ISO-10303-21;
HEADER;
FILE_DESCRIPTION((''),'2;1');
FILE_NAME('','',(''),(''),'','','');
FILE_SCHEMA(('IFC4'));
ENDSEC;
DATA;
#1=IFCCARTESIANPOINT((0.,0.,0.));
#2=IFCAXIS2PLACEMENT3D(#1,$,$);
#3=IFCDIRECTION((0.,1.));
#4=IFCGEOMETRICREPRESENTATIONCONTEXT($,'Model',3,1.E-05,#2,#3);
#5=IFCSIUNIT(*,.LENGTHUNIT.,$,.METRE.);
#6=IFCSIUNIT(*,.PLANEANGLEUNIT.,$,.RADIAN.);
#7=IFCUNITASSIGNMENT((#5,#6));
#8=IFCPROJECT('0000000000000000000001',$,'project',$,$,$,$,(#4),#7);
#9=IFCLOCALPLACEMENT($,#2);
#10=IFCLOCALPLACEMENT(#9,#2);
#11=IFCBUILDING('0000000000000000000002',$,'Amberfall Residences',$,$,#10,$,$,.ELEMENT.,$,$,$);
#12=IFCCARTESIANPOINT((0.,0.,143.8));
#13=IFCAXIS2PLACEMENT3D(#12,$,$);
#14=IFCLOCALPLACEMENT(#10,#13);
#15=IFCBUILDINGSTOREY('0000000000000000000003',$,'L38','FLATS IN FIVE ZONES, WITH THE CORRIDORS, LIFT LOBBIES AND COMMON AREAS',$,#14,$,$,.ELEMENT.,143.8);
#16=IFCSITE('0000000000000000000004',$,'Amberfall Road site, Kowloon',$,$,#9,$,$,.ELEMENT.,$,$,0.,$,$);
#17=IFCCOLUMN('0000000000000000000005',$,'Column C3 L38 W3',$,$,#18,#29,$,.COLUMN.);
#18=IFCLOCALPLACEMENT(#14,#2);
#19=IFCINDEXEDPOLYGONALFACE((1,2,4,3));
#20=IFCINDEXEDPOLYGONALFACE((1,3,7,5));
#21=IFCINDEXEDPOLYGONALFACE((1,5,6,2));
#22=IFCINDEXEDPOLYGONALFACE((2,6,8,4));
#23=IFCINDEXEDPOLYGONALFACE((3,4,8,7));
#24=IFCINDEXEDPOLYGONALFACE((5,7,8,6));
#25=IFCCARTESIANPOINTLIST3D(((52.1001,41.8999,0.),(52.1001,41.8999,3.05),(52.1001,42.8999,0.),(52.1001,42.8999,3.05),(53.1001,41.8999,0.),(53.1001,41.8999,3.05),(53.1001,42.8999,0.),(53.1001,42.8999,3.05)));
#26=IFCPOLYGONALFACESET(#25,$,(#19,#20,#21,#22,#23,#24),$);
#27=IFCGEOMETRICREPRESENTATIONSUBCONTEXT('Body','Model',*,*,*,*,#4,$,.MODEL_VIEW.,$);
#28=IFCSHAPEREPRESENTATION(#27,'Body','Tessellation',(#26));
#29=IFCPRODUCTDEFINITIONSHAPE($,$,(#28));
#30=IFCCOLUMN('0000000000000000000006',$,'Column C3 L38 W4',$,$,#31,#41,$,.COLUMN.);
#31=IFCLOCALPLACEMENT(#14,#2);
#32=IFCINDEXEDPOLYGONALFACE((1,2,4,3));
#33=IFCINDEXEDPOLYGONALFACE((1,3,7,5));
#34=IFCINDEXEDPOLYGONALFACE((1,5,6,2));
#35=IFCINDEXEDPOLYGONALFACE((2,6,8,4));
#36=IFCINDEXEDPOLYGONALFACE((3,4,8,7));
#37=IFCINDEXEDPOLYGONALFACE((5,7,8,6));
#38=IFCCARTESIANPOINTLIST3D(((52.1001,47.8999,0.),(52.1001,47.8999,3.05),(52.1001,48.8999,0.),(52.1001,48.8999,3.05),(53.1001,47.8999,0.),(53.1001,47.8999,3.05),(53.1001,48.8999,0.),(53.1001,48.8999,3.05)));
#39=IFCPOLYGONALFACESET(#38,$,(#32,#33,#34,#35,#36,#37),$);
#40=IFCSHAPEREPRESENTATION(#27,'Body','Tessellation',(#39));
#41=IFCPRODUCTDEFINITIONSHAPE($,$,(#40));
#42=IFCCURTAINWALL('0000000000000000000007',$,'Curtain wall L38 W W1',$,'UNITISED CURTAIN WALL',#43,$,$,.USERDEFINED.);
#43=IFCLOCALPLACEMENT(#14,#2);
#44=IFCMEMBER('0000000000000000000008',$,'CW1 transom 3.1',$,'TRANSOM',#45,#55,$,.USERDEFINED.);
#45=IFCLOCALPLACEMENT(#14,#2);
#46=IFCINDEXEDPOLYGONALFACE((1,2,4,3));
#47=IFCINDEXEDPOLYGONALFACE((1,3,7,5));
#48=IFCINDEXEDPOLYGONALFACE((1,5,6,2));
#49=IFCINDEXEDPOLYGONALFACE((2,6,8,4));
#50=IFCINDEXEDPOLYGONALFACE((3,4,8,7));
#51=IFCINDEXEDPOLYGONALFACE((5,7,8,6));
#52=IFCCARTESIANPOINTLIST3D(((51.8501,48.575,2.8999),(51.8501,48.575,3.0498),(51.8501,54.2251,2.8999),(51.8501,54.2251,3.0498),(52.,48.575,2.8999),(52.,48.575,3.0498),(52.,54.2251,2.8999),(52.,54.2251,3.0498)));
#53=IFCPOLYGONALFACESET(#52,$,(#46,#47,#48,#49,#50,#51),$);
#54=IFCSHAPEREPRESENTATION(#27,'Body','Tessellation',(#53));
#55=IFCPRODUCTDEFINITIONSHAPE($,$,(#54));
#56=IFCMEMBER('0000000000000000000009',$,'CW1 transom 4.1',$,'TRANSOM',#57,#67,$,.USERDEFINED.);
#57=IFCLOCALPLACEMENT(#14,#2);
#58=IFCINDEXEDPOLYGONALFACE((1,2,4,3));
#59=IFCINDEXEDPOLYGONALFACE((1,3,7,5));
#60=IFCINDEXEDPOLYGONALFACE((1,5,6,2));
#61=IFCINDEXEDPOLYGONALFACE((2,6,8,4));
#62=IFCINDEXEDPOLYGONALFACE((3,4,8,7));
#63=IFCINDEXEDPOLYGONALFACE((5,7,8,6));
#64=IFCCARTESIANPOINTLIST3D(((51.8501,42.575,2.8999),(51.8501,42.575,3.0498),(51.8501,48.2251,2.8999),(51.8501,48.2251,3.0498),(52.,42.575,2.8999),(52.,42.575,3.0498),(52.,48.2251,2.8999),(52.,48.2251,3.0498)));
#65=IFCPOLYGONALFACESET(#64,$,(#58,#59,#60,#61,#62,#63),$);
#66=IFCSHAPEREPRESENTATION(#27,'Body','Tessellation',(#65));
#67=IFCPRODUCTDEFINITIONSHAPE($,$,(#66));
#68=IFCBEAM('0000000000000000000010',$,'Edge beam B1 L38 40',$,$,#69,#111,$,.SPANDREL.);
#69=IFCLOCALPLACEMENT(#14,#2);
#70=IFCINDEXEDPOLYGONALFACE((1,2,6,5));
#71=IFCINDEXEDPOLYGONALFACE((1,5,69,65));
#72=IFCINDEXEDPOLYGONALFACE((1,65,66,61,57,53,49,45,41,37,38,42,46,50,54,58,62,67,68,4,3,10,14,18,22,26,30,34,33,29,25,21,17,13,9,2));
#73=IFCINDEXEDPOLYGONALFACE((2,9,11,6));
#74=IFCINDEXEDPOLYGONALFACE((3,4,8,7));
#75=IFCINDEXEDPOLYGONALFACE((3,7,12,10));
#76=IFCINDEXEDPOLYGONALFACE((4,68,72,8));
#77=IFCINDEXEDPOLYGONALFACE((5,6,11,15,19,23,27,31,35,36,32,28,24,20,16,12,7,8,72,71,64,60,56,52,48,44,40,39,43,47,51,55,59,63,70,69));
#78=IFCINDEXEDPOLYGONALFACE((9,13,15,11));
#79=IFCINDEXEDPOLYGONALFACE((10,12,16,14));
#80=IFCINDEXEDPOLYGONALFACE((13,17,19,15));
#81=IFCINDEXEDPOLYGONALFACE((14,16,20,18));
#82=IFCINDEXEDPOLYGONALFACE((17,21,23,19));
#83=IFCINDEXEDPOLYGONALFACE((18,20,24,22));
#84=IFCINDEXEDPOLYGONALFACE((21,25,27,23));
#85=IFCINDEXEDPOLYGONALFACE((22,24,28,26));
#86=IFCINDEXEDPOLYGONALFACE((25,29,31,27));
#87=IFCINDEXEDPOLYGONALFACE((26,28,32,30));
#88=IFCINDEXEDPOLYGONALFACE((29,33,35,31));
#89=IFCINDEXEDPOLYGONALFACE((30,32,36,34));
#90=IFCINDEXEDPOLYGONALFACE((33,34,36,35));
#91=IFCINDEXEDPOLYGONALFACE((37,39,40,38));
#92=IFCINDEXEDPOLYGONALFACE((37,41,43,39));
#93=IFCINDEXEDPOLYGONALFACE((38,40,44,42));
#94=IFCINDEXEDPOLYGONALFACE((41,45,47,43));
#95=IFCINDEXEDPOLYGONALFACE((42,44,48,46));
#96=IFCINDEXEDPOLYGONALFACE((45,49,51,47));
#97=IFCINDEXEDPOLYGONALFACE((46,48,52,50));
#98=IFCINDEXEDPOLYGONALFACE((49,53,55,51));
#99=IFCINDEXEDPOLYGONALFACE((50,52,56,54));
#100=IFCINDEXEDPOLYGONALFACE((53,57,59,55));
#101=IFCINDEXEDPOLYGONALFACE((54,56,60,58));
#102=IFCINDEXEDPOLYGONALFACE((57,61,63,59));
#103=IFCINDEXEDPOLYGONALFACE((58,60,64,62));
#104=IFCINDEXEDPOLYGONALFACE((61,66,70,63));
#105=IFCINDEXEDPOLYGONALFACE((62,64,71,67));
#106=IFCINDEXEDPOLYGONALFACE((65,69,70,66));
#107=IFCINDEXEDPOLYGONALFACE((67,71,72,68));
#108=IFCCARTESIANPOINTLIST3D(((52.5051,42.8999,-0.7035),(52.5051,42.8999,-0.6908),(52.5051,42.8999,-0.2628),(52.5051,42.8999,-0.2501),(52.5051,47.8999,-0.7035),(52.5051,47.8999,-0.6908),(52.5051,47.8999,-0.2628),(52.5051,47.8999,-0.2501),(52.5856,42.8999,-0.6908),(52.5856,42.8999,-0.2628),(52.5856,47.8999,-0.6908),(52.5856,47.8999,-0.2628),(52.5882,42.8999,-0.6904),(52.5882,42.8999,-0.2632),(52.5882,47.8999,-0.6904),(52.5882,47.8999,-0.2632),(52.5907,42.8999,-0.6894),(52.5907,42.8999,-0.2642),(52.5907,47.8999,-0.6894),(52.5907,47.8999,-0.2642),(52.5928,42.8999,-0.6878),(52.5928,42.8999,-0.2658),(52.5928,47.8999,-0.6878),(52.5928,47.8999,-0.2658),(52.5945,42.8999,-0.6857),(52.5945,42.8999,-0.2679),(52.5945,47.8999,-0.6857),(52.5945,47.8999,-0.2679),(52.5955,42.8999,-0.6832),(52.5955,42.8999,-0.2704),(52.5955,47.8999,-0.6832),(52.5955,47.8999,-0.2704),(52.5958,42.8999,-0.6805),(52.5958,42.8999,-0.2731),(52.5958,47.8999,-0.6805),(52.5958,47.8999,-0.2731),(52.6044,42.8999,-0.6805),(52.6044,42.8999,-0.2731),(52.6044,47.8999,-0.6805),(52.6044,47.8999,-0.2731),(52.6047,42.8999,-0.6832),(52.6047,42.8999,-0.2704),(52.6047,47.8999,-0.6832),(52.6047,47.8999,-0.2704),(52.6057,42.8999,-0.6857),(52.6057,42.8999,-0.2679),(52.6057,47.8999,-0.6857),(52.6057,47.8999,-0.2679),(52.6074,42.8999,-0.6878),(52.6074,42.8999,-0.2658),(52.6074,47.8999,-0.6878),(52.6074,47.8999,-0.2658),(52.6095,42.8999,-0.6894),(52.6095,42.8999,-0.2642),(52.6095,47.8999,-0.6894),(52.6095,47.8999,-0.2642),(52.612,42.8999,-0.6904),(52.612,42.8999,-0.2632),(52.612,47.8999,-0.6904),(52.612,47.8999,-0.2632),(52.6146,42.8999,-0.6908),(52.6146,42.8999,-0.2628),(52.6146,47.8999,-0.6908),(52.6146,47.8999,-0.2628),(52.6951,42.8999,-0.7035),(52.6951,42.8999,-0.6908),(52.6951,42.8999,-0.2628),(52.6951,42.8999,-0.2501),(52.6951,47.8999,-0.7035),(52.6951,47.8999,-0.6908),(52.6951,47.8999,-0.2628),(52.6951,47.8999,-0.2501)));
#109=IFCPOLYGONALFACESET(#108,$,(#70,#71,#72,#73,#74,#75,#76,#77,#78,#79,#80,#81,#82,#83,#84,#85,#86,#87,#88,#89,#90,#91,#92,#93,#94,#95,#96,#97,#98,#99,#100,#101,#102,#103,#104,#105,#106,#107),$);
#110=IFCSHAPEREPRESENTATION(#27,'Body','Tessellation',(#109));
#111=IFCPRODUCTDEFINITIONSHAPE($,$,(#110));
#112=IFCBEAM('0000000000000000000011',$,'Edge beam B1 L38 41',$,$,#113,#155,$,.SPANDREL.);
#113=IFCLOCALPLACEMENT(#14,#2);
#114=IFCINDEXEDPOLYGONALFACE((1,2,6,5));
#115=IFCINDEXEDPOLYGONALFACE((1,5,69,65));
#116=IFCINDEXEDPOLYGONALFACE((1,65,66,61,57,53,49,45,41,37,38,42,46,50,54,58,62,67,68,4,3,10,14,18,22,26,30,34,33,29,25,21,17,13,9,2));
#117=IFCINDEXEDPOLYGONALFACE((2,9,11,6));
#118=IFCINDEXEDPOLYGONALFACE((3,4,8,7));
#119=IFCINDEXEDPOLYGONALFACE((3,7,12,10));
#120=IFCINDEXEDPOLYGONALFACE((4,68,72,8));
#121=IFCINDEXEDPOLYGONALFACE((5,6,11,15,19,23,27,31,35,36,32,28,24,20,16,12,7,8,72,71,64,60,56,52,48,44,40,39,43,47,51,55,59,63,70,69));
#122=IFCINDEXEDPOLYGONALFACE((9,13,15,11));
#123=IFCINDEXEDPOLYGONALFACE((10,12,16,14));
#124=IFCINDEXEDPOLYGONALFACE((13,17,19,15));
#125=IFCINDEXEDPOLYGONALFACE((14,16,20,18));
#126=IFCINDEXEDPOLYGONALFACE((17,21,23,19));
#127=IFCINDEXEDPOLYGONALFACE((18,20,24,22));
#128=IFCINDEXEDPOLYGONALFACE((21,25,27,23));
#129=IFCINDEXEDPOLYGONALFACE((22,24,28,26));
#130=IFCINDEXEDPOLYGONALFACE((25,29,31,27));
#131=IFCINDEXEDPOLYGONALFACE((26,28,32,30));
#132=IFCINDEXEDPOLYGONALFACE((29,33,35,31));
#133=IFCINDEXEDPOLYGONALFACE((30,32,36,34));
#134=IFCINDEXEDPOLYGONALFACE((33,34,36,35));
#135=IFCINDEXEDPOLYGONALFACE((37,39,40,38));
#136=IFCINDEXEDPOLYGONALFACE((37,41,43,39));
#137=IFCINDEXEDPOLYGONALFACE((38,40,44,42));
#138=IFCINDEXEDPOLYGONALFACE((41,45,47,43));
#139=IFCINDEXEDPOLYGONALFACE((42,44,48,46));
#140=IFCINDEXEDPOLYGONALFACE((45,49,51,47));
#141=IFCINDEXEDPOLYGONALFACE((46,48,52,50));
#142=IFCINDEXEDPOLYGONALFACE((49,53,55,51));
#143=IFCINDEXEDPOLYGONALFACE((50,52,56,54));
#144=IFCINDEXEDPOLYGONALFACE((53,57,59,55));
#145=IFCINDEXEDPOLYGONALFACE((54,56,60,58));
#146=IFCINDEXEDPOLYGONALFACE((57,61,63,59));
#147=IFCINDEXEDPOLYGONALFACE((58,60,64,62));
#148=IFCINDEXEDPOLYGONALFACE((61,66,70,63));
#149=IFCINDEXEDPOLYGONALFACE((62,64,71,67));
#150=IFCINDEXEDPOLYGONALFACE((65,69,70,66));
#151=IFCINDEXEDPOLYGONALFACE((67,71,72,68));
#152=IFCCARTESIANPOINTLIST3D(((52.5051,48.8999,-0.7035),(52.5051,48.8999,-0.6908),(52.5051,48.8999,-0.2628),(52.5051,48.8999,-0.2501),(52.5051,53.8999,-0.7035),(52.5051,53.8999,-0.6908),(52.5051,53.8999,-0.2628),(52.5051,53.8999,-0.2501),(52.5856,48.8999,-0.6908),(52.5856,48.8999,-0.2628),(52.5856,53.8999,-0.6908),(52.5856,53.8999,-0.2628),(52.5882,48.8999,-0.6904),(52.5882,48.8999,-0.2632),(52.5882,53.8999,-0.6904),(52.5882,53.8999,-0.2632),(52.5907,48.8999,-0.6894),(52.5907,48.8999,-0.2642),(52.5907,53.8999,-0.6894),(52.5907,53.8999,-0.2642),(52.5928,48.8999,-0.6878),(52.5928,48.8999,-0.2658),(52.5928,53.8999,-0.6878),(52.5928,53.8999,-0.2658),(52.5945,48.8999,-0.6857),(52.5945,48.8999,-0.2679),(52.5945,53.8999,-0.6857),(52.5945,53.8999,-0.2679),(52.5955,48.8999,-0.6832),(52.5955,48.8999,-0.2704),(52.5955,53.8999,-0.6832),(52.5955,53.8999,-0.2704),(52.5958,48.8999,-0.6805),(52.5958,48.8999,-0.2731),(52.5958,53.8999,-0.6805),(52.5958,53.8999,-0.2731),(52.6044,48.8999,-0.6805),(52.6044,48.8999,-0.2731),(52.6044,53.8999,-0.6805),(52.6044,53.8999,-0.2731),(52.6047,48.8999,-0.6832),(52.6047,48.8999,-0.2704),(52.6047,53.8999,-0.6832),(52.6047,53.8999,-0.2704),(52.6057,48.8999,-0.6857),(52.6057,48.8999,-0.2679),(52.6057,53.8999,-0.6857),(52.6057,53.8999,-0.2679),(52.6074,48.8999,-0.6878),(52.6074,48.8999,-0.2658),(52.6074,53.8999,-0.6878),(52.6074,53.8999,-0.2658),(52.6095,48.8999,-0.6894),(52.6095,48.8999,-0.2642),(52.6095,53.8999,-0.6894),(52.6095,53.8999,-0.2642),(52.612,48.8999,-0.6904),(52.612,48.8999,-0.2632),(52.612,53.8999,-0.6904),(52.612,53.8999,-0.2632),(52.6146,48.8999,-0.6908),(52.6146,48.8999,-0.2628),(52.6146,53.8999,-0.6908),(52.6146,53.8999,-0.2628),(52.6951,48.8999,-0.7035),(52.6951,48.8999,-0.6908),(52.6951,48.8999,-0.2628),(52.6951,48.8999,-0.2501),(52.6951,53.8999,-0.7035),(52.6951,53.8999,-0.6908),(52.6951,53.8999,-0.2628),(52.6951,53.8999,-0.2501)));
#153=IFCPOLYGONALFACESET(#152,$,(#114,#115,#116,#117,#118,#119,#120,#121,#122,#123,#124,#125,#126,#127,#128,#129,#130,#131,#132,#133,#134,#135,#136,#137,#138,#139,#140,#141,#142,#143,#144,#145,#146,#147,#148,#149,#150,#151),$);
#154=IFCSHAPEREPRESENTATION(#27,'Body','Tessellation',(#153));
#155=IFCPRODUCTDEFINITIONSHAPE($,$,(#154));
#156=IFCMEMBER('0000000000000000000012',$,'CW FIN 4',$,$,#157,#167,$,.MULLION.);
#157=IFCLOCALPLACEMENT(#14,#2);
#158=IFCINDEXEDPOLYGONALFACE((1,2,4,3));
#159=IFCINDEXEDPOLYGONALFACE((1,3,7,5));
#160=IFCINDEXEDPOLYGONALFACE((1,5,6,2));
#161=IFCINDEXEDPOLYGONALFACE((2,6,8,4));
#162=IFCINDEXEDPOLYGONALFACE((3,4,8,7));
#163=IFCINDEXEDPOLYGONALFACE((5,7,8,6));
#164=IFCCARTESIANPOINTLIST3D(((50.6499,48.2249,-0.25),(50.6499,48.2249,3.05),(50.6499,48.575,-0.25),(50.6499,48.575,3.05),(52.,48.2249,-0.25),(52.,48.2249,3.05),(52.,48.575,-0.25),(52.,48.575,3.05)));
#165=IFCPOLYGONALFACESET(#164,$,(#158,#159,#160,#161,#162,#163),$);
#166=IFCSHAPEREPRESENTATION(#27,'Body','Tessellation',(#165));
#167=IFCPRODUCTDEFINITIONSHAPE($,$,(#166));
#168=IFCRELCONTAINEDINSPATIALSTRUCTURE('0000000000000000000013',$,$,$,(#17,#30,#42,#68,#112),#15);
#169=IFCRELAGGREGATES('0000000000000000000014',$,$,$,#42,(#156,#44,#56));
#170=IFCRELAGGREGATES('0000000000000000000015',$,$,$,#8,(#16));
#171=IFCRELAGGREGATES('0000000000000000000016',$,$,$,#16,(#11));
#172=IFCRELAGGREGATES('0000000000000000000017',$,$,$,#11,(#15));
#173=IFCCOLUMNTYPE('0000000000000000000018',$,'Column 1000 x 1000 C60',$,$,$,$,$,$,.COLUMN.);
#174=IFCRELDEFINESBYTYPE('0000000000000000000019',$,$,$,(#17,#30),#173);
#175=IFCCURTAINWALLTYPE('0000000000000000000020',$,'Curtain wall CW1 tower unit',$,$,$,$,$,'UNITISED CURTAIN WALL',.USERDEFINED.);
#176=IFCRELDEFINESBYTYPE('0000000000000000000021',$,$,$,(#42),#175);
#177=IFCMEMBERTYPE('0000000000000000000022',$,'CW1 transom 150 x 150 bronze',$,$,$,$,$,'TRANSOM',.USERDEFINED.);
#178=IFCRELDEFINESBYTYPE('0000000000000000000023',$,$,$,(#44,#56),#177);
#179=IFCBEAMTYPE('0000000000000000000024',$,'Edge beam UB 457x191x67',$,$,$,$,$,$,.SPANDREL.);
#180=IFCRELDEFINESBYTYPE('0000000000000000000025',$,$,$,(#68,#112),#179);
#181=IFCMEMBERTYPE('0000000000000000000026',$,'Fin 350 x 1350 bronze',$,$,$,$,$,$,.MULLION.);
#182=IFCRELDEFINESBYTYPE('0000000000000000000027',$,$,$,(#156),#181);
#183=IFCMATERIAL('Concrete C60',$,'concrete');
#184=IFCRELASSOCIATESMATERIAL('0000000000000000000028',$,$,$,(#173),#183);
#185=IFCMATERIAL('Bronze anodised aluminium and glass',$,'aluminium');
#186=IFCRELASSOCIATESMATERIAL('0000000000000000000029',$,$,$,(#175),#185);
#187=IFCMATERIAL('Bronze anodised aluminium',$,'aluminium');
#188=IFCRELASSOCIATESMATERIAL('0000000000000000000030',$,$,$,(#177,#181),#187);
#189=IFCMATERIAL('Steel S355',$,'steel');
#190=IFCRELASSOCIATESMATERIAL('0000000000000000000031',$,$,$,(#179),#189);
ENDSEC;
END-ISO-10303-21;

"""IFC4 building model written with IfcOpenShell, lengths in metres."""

from ifc_helpers import new_model, si_unit, direction, frame, origin, origin_2d, place, context, subcontext, project, spatial, rectangle, i_section, extrude, material, material_profile, profile_set, type_object, element, aggregate, save


model = new_model("IFC4")

# Units and contexts
model_context = context("Model", 3, precision=1e-05, world=origin(), true_north=direction((0.0, 1.0)))
body_context = subcontext(model_context, "Body", "Model", "MODEL_VIEW")
ifc_project = project(units=[si_unit("LENGTHUNIT", "METRE"), si_unit("PLANEANGLEUNIT", "RADIAN")], contexts=[model_context])

# Site, building, storey
site_placement = place(None, origin())
site = spatial("IfcSite", under=ifc_project, at=site_placement, Name="Amberfall Road site, Kowloon", CompositionType="ELEMENT", RefElevation=0.0)
building_placement = place(site_placement, origin())
building = spatial("IfcBuilding", under=site, at=building_placement, Name="Amberfall Residences", CompositionType="ELEMENT")
storey_placement = place(building_placement, frame((0.0, 0.0, 143.8)))
storey = spatial("IfcBuildingStorey", under=building, at=storey_placement, Name="L38", Description="FLATS IN FIVE ZONES, WITH THE CORRIDORS, LIFT LOBBIES AND COMMON AREAS", CompositionType="ELEMENT", Elevation=143.8)

# Columns
ifc_material_1 = material(Name="Concrete C60", Category="concrete")
ifc_material_profile_1 = material_profile(ifc_material_1, rectangle(XDim=1.0, YDim=1.0, at=origin_2d()), Name="Column 1000 x 1000 C60")
ifc_profile_set_1 = profile_set([ifc_material_profile_1], Name="Concrete C60")
column_type = type_object("IfcColumnType", Name="Column 1000 x 1000 C60", PredefinedType="COLUMN", material=ifc_profile_set_1)
for number, where, z_axis, x_axis, name in (
    (1, (52.6001, 42.3999, 0.0), (0.0, 0.0, 1.0), (1.0, 0.0, 0.0), "Column C3 L38 W3"),
    (2, (52.6001, 48.3999, 0.0), (0.0, 0.0, 1.0), (1.0, 0.0, 0.0), "Column C3 L38 W4"),
):
    element("IfcColumn", number, at=place(storey_placement, frame(where, z_axis=z_axis, x_axis=x_axis)), inside=storey, type_object=column_type, Name=name, PredefinedType="COLUMN", context=body_context, shape_type="SweptSolid", body=[
        extrude(rectangle(XDim=1.0, YDim=1.0, at=origin_2d()), origin(), (0.0, 0.0, 1.0), 3.05),
    ])

# Curtain wall, members
ifc_material_2 = material(Name="Bronze anodised aluminium and glass", Category="aluminium")
curtain_wall_type = type_object("IfcCurtainWallType", Name="Curtain wall CW1 tower unit", ElementType="UNITISED CURTAIN WALL", PredefinedType="USERDEFINED", material=ifc_material_2)
curtain_wall_placement = place(storey_placement, origin())
curtain_wall = element("IfcCurtainWall", 3, at=curtain_wall_placement, inside=storey, type_object=curtain_wall_type, Name="Curtain wall L38 W W1", ObjectType="UNITISED CURTAIN WALL", PredefinedType="USERDEFINED")
ifc_material_3 = material(Name="Bronze anodised aluminium", Category="aluminium")
ifc_material_profile_2 = material_profile(ifc_material_3, rectangle(XDim=0.1499, YDim=0.1499, at=origin_2d()), Name="CW1 transom 150 x 150 bronze")
ifc_profile_set_2 = profile_set([ifc_material_profile_2], Name="Bronze anodised aluminium")
member_type_1 = type_object("IfcMemberType", Name="CW1 transom 150 x 150 bronze", ElementType="TRANSOM", PredefinedType="USERDEFINED", material=ifc_profile_set_2)
member_1_placement = place(storey_placement, frame((51.925, 54.2251, 2.9749), z_axis=(0.0, -1.0, 0.0), x_axis=(1.0, 0.0, 0.0)))
member_1 = element("IfcMember", 4, at=member_1_placement, type_object=member_type_1, Name="CW1 transom 3.1", ObjectType="TRANSOM", PredefinedType="USERDEFINED", context=body_context, shape_type="SweptSolid", body=[
    extrude(rectangle(XDim=0.1499, YDim=0.1499, at=origin_2d()), origin(), (0.0, 0.0, 1.0), 5.6501),
])
member_2_placement = place(storey_placement, frame((51.925, 48.2251, 2.9749), z_axis=(0.0, -1.0, 0.0), x_axis=(1.0, 0.0, 0.0)))
member_2 = element("IfcMember", 5, at=member_2_placement, type_object=member_type_1, Name="CW1 transom 4.1", ObjectType="TRANSOM", PredefinedType="USERDEFINED", context=body_context, shape_type="SweptSolid", body=[
    extrude(rectangle(XDim=0.1499, YDim=0.1499, at=origin_2d()), origin(), (0.0, 0.0, 1.0), 5.6501),
])

# Beams
ifc_material_4 = material(Name="Steel S355", Category="steel")
ifc_material_profile_3 = material_profile(ifc_material_4, i_section(OverallWidth=0.1899, OverallDepth=0.4534, WebThickness=0.0085, FlangeThickness=0.0127, FilletRadius=0.0103, at=origin_2d()), Name="UB 457x191x67")
ifc_profile_set_3 = profile_set([ifc_material_profile_3], Name="Steel S355")
beam_type_1 = type_object("IfcBeamType", Name="Edge beam UB 457x191x67", PredefinedType="SPANDREL", material=ifc_profile_set_3)
for number, where, z_axis, x_axis, name in (
    (6, (52.6001, 42.8999, -0.4768), (0.0, 1.0, 0.0), (-1.0, 0.0, 0.0), "Edge beam B1 L38 40"),
    (7, (52.6001, 48.8999, -0.4768), (0.0, 1.0, 0.0), (-1.0, 0.0, 0.0), "Edge beam B1 L38 41"),
):
    element("IfcBeam", number, at=place(storey_placement, frame(where, z_axis=z_axis, x_axis=x_axis)), inside=storey, type_object=beam_type_1, Name=name, PredefinedType="SPANDREL", context=body_context, shape_type="SweptSolid", body=[
        extrude(i_section(OverallWidth=0.1899, OverallDepth=0.4534, WebThickness=0.0085, FlangeThickness=0.0127, FilletRadius=0.0103, at=origin_2d()), origin(), (0.0, 0.0, 1.0), 5.0),
    ])

# Member
ifc_material_profile_4 = material_profile(ifc_material_3, rectangle(XDim=1.3501, YDim=0.3501, at=origin_2d()), Name="Fin 350 x 1350 bronze")
ifc_profile_set_4 = profile_set([ifc_material_profile_4], Name="Bronze anodised aluminium")
member_type_2 = type_object("IfcMemberType", Name="Fin 350 x 1350 bronze", PredefinedType="MULLION", material=ifc_profile_set_4)
member_3_placement = place(storey_placement, frame((51.325, 48.3999, -0.25), z_axis=(0.0, 0.0, 1.0), x_axis=(1.0, 0.0, 0.0)))
member_3 = element("IfcMember", 8, at=member_3_placement, type_object=member_type_2, Name="CW FIN 4", PredefinedType="MULLION", context=body_context, shape_type="SweptSolid", body=[
    extrude(rectangle(XDim=1.3501, YDim=0.3501, at=origin_2d()), origin(), (0.0, 0.0, 1.0), 3.3),
])

aggregate(curtain_wall, [member_3, member_1, member_2])

save(model, "model.ifc")
